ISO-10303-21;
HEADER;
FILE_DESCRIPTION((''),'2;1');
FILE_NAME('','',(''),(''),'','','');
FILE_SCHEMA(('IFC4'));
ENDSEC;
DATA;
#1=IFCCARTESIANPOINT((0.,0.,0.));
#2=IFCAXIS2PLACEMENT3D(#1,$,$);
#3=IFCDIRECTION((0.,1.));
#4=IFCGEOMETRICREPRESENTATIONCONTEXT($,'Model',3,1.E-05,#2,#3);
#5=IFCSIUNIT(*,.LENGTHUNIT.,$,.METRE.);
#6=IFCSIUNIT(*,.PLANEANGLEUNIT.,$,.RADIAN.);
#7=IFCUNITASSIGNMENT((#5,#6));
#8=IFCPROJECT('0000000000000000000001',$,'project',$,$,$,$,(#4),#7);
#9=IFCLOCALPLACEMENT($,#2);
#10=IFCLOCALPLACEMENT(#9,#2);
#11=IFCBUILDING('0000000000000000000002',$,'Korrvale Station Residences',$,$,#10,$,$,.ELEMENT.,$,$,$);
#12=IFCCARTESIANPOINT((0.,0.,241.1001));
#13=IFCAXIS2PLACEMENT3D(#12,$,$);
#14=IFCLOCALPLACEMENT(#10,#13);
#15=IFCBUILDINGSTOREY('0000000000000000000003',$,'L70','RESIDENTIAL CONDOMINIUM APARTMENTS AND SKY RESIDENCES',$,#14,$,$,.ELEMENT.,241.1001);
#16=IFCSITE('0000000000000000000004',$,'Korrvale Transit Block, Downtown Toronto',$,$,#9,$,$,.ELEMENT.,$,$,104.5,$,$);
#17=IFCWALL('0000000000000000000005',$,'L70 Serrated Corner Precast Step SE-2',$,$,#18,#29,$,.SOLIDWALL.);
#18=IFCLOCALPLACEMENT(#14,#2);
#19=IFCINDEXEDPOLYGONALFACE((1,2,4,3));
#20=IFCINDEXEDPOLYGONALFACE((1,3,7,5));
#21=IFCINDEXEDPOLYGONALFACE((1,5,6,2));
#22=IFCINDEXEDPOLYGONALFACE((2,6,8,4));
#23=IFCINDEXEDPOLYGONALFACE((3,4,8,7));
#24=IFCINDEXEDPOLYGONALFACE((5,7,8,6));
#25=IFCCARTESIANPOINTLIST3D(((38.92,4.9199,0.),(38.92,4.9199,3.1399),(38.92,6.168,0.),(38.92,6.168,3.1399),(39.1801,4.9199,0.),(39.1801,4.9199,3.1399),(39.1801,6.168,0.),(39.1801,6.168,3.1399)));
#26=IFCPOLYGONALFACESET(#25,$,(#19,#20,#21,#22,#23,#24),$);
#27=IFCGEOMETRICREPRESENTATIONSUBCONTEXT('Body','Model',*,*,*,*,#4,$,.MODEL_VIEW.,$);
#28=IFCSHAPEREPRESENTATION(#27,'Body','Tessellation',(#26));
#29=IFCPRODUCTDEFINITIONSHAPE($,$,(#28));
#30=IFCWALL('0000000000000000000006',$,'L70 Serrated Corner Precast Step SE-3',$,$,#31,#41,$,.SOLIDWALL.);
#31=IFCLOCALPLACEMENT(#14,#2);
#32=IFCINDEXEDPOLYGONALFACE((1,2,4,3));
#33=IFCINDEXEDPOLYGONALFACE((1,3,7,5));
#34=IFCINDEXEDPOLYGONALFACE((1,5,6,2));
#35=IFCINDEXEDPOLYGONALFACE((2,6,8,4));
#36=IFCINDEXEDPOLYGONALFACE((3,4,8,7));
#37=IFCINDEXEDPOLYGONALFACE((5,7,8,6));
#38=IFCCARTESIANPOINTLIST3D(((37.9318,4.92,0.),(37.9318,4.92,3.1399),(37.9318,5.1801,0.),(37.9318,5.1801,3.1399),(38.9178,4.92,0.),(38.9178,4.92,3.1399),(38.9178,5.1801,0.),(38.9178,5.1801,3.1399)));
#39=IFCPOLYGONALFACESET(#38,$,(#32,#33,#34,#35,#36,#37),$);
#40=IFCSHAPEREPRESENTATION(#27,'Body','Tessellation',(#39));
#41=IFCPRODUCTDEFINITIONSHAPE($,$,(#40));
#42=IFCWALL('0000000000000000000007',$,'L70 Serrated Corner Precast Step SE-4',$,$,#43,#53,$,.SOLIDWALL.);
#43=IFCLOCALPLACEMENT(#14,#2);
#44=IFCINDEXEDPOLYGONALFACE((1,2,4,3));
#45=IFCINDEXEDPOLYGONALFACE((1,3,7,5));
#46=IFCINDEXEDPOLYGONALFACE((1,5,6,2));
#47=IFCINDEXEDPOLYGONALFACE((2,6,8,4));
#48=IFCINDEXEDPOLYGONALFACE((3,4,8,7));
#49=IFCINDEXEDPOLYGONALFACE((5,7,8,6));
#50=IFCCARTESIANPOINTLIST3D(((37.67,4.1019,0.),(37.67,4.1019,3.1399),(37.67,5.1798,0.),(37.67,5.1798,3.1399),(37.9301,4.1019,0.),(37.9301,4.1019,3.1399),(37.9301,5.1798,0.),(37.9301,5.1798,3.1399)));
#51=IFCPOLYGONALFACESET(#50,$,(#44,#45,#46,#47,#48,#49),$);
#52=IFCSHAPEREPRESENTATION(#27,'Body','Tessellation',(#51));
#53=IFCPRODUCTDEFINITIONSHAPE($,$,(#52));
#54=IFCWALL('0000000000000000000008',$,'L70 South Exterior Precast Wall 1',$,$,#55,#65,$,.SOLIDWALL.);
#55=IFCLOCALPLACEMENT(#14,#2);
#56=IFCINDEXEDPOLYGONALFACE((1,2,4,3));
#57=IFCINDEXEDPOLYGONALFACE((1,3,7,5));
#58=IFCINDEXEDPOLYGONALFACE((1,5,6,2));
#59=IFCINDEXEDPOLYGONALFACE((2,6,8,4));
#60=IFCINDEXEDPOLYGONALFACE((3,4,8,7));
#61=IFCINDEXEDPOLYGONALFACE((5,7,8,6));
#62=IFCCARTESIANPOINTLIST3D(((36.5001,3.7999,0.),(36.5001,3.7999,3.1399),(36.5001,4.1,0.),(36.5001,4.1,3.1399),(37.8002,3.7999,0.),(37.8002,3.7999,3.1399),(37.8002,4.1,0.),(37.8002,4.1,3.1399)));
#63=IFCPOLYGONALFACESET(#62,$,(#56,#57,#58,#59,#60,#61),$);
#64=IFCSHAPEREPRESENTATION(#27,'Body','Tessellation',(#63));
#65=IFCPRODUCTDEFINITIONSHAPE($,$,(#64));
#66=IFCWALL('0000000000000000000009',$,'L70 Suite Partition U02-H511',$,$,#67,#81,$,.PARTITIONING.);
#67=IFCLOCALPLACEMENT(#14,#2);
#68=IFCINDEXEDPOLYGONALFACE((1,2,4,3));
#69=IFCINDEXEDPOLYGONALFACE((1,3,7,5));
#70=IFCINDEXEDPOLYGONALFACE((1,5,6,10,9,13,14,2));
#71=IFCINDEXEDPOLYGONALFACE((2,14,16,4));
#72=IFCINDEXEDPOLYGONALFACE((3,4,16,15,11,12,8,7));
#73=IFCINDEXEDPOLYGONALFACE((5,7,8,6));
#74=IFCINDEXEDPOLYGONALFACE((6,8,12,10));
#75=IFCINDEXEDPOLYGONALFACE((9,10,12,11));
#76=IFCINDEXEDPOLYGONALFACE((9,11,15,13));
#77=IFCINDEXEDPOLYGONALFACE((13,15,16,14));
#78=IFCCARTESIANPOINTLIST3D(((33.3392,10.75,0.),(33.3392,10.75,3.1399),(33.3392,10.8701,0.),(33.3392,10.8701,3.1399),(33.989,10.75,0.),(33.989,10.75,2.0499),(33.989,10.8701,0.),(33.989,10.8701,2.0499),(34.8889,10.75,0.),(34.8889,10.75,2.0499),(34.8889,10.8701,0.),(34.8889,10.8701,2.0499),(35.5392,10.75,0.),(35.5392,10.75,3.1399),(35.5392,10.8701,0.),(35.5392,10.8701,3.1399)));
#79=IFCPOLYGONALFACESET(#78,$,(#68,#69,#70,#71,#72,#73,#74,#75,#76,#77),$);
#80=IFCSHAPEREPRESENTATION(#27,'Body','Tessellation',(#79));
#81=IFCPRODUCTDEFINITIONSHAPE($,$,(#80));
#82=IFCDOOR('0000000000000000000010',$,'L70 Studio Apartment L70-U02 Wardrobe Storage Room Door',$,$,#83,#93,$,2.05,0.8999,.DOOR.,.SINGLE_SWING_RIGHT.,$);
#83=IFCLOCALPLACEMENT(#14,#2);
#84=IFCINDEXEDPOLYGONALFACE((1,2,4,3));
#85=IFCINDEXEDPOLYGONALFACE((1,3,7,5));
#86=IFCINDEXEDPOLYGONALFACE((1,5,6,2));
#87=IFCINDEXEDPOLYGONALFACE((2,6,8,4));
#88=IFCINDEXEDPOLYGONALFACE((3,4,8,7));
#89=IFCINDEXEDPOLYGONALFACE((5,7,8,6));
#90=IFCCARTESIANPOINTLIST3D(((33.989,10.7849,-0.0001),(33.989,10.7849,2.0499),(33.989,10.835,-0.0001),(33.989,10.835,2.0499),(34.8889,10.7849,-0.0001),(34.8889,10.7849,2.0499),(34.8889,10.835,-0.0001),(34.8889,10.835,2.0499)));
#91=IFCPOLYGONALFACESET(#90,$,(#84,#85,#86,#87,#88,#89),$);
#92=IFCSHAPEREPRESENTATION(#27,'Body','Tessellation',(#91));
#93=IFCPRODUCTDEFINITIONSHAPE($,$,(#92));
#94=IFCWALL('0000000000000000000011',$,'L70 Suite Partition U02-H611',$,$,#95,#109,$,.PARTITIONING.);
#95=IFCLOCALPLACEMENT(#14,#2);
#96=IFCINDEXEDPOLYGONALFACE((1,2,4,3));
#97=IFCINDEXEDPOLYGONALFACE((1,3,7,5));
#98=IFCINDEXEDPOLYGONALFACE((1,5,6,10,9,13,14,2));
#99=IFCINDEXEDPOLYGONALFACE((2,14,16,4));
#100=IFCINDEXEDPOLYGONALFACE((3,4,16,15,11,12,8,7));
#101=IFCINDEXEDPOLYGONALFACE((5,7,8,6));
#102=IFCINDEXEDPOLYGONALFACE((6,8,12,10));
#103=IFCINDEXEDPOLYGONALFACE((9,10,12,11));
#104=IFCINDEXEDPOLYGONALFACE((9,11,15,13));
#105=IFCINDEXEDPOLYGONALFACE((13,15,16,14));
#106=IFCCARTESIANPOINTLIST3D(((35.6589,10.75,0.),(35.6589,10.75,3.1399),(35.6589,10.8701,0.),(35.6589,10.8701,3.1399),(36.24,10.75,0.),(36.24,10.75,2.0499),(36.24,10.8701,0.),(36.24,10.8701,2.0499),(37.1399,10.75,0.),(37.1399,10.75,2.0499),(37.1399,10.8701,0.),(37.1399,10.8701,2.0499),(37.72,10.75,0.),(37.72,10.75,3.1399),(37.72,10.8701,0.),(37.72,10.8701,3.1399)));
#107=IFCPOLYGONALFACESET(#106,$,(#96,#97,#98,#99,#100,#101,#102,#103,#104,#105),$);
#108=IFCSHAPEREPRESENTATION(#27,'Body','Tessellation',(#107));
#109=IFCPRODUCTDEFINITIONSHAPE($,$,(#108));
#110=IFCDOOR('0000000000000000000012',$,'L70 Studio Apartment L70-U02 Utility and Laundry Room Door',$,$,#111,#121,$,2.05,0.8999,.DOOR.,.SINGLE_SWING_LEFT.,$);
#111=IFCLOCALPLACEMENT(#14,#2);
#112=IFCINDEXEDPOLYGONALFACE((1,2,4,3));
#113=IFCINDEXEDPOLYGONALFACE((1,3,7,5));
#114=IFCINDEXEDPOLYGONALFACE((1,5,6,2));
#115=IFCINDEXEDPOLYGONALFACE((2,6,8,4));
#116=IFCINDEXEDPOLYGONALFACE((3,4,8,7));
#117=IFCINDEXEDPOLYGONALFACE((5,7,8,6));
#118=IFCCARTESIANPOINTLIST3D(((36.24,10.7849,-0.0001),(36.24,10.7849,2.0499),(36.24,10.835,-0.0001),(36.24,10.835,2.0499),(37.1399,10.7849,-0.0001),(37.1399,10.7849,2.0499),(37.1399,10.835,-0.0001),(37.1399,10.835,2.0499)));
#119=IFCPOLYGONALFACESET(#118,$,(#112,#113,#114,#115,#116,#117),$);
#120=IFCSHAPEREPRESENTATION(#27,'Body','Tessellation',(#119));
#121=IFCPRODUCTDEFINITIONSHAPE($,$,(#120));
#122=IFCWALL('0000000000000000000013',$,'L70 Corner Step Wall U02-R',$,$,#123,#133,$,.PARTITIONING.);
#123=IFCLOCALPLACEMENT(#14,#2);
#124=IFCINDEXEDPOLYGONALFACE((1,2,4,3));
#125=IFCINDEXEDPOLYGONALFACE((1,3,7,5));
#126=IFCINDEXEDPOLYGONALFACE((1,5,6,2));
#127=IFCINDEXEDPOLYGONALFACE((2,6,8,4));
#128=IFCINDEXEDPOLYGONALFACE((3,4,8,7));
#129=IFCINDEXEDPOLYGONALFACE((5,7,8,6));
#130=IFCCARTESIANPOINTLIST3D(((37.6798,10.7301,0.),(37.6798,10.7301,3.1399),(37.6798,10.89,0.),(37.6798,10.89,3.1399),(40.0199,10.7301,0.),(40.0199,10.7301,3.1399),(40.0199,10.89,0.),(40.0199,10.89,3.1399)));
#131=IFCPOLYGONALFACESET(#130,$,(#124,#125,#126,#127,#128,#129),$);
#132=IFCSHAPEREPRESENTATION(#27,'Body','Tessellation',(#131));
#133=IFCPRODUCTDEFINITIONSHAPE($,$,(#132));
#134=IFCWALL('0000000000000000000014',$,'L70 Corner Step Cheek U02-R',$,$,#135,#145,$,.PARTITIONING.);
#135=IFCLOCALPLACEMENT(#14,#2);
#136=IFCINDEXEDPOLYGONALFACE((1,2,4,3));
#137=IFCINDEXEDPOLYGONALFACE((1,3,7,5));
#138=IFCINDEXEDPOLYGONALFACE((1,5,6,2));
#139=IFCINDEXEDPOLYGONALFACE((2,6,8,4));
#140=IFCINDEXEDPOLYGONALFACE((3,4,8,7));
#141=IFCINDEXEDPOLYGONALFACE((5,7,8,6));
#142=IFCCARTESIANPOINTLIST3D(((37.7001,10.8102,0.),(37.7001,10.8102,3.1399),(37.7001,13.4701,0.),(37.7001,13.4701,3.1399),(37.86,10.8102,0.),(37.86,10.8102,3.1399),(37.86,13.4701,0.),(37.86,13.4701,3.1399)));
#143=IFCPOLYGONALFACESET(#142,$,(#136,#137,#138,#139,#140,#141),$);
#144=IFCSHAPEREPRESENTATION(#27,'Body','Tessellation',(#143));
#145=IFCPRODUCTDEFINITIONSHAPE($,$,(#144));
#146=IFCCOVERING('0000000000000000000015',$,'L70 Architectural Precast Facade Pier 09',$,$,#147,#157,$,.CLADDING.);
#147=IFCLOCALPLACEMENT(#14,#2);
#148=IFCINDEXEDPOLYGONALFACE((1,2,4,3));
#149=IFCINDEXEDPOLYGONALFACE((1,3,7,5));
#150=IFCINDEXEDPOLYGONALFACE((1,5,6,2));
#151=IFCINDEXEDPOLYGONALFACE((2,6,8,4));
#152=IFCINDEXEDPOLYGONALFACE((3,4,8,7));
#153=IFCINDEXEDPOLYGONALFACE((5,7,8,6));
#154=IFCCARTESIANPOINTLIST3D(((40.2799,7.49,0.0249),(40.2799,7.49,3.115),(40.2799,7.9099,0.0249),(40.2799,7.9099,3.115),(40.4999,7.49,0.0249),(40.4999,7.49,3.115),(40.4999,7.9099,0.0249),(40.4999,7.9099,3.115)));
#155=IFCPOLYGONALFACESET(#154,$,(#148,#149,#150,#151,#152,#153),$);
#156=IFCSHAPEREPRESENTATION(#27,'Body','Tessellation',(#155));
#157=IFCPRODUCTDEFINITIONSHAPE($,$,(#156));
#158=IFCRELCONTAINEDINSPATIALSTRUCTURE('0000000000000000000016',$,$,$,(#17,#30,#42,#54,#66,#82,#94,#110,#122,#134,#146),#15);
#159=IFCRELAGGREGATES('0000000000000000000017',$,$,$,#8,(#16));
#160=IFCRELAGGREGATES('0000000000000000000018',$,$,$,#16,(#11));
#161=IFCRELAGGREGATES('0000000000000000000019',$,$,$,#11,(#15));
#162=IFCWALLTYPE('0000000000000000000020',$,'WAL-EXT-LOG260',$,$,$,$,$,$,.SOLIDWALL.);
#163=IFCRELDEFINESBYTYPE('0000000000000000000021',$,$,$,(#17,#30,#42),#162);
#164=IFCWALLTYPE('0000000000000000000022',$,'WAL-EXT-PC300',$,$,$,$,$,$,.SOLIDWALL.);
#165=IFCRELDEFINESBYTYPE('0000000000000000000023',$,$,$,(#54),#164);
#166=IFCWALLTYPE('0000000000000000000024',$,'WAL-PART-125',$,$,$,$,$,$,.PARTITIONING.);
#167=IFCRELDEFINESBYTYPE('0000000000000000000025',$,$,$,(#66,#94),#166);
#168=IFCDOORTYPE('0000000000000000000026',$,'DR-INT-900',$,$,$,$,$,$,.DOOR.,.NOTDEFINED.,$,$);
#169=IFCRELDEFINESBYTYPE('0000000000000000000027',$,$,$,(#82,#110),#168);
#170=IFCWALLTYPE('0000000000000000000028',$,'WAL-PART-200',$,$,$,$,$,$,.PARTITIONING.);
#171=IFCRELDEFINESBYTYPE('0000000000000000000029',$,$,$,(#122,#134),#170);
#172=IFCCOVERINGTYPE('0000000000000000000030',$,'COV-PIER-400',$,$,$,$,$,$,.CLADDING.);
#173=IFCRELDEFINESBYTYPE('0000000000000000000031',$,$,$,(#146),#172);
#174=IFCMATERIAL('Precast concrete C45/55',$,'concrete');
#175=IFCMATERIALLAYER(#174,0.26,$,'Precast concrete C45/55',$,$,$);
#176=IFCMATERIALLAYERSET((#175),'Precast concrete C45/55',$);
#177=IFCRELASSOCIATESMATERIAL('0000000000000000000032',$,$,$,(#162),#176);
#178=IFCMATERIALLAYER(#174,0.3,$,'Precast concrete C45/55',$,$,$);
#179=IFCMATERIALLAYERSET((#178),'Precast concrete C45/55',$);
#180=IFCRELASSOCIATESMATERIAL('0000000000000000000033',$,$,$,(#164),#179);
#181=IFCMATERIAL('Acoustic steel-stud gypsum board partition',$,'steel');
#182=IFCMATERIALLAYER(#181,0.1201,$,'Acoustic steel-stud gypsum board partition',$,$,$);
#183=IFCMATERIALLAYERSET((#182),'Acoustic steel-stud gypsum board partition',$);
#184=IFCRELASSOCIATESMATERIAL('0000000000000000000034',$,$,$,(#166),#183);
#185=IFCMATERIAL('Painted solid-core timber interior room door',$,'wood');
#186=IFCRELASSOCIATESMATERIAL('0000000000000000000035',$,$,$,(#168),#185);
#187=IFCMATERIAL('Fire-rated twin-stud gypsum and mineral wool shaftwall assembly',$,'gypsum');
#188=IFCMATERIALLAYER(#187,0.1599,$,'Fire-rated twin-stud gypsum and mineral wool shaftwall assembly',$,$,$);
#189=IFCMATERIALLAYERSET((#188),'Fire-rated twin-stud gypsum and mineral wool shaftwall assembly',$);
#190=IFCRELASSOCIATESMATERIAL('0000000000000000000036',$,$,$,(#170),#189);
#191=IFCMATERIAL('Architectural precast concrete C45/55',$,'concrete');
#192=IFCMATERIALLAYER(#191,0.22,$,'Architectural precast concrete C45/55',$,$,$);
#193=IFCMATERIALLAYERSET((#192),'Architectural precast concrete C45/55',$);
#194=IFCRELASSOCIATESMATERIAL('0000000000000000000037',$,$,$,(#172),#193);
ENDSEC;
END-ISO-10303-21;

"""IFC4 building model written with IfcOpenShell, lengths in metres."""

from ifc_helpers import new_model, si_unit, direction, frame, frame_2d, origin, origin_2d, place, context, subcontext, project, spatial, rectangle, extrude, material, layer, layer_set, type_object, element, fill, save


model = new_model("IFC4")

# Units and contexts
model_context = context("Model", 3, precision=1e-05, world=origin(), true_north=direction((0.0, 1.0)))
body_context = subcontext(model_context, "Body", "Model", "MODEL_VIEW")
ifc_project = project(units=[si_unit("LENGTHUNIT", "METRE"), si_unit("PLANEANGLEUNIT", "RADIAN")], contexts=[model_context])

# Site, building, storey
site_placement = place(None, origin())
site = spatial("IfcSite", under=ifc_project, at=site_placement, Name="Korrvale Transit Block, Downtown Toronto", CompositionType="ELEMENT", RefElevation=104.5)
building_placement = place(site_placement, origin())
building = spatial("IfcBuilding", under=site, at=building_placement, Name="Korrvale Station Residences", CompositionType="ELEMENT")
storey_placement = place(building_placement, frame((0.0, 0.0, 241.1001)))
storey = spatial("IfcBuildingStorey", under=building, at=storey_placement, Name="L70", Description="RESIDENTIAL CONDOMINIUM APARTMENTS AND SKY RESIDENCES", CompositionType="ELEMENT", Elevation=241.1001)

# Shared definitions
ifc_material_1 = material(Name="Precast concrete C45/55", Category="concrete")
ifc_layer_1 = layer(ifc_material_1, 0.26, Name="Precast concrete C45/55")
ifc_layer_set_1 = layer_set([ifc_layer_1], Name="Precast concrete C45/55")
wall_type_1 = type_object("IfcWallType", Name="WAL-EXT-LOG260", PredefinedType="SOLIDWALL", material=ifc_layer_set_1)

# Walls
wall_1_placement = place(storey_placement, frame((39.05, 6.168, 0.0), z_axis=(0.0, 0.0, 1.0), x_axis=(0.0, -1.0, 0.0)))
element("IfcWall", 1, at=wall_1_placement, inside=storey, type_object=wall_type_1, Name="L70 Serrated Corner Precast Step SE-2", PredefinedType="SOLIDWALL", context=body_context, shape_type="SweptSolid", body=[
    extrude(rectangle(XDim=1.248, YDim=0.26, at=frame_2d((0.624, 0.0))), origin(), (0.0, 0.0, 1.0), 3.1399),
])
wall_2_placement = place(storey_placement, frame((38.918, 5.05, 0.0), z_axis=(0.0, 0.0, 1.0), x_axis=(-1.0, 0.0, 0.0)))
element("IfcWall", 2, at=wall_2_placement, inside=storey, type_object=wall_type_1, Name="L70 Serrated Corner Precast Step SE-3", PredefinedType="SOLIDWALL", context=body_context, shape_type="SweptSolid", body=[
    extrude(rectangle(XDim=0.9861, YDim=0.26, at=frame_2d((0.4932, 0.0))), origin(), (0.0, 0.0, 1.0), 3.1399),
])
wall_3_placement = place(storey_placement, frame((37.8, 5.1799, 0.0), z_axis=(0.0, 0.0, 1.0), x_axis=(0.0, -1.0, 0.0)))
element("IfcWall", 3, at=wall_3_placement, inside=storey, type_object=wall_type_1, Name="L70 Serrated Corner Precast Step SE-4", PredefinedType="SOLIDWALL", context=body_context, shape_type="SweptSolid", body=[
    extrude(rectangle(XDim=1.0779, YDim=0.26, at=frame_2d((0.5391, 0.0))), origin(), (0.0, 0.0, 1.0), 3.1399),
])
ifc_layer_2 = layer(ifc_material_1, 0.3, Name="Precast concrete C45/55")
ifc_layer_set_2 = layer_set([ifc_layer_2], Name="Precast concrete C45/55")
wall_type_2 = type_object("IfcWallType", Name="WAL-EXT-PC300", PredefinedType="SOLIDWALL", material=ifc_layer_set_2)
wall_4_placement = place(storey_placement, frame((37.8, 3.95, 0.0), z_axis=(0.0, 0.0, 1.0), x_axis=(-1.0, 0.0, 0.0)))
element("IfcWall", 4, at=wall_4_placement, inside=storey, type_object=wall_type_2, Name="L70 South Exterior Precast Wall 1", PredefinedType="SOLIDWALL", context=body_context, shape_type="SweptSolid", body=[
    extrude(rectangle(XDim=1.3, YDim=0.3, at=frame_2d((0.6499, 0.0))), origin(), (0.0, 0.0, 1.0), 3.1399),
])

# Walls, openings, doors
ifc_material_2 = material(Name="Acoustic steel-stud gypsum board partition", Category="steel")
ifc_layer_3 = layer(ifc_material_2, 0.1201, Name="Acoustic steel-stud gypsum board partition")
ifc_layer_set_3 = layer_set([ifc_layer_3], Name="Acoustic steel-stud gypsum board partition")
wall_type_3 = type_object("IfcWallType", Name="WAL-PART-125", PredefinedType="PARTITIONING", material=ifc_layer_set_3)
wall_5_placement = place(storey_placement, frame((33.3391, 10.8101, 0.0), z_axis=(0.0, 0.0, 1.0), x_axis=(1.0, 0.0, 0.0)))
wall_5 = element("IfcWall", 5, at=wall_5_placement, inside=storey, type_object=wall_type_3, Name="L70 Suite Partition U02-H511", PredefinedType="PARTITIONING", context=body_context, shape_type="SweptSolid", body=[
    extrude(rectangle(XDim=2.2, YDim=0.1201, at=frame_2d((1.1001, 0.0))), origin(), (0.0, 0.0, 1.0), 3.1399),
])
opening_1_placement = place(wall_5_placement, frame((0.6499, 0.0, 0.0)))
opening_1 = element("IfcOpeningElement", 6, at=opening_1_placement, cuts=wall_5, PredefinedType="OPENING", context=body_context, shape_type="SweptSolid", body=[
    extrude(rectangle(XDim=0.8999, YDim=2.05, at=frame_2d((0.45, 1.0249))), frame((0.0, 0.0701, 0.0), z_axis=(0.0, -1.0, 0.0), x_axis=(1.0, 0.0, 0.0)), (0.0, 0.0, 1.0), 0.1401),
])
ifc_material_3 = material(Name="Painted solid-core timber interior room door", Category="wood")
door_type_1 = type_object("IfcDoorType", Name="DR-INT-900", OperationType="NOTDEFINED", PredefinedType="DOOR", material=ifc_material_3)
door_1_placement = place(opening_1_placement, origin())
door_1 = element("IfcDoor", 7, at=door_1_placement, inside=storey, type_object=door_type_1, Name="L70 Studio Apartment L70-U02 Wardrobe Storage Room Door", OperationType="SINGLE_SWING_RIGHT", OverallHeight=2.05, OverallWidth=0.8999, PredefinedType="DOOR", context=body_context, shape_type="SweptSolid", body=[
    extrude(rectangle(XDim=0.8999, YDim=2.05, at=frame_2d((0.45, 1.0249))), frame((0.0, 0.0249, 0.0), z_axis=(0.0, -1.0, 0.0), x_axis=(1.0, 0.0, 0.0)), (0.0, 0.0, 1.0), 0.05),
])
fill(opening_1, door_1)
wall_6_placement = place(storey_placement, frame((35.6589, 10.8101, 0.0), z_axis=(0.0, 0.0, 1.0), x_axis=(1.0, 0.0, 0.0)))
wall_6 = element("IfcWall", 8, at=wall_6_placement, inside=storey, type_object=wall_type_3, Name="L70 Suite Partition U02-H611", PredefinedType="PARTITIONING", context=body_context, shape_type="SweptSolid", body=[
    extrude(rectangle(XDim=2.061, YDim=0.1201, at=frame_2d((1.0305, 0.0))), origin(), (0.0, 0.0, 1.0), 3.1399),
])
opening_2_placement = place(wall_6_placement, frame((0.5811, 0.0, 0.0)))
opening_2 = element("IfcOpeningElement", 9, at=opening_2_placement, cuts=wall_6, PredefinedType="OPENING", context=body_context, shape_type="SweptSolid", body=[
    extrude(rectangle(XDim=0.8999, YDim=2.05, at=frame_2d((0.45, 1.0249))), frame((0.0, 0.0701, 0.0), z_axis=(0.0, -1.0, 0.0), x_axis=(1.0, 0.0, 0.0)), (0.0, 0.0, 1.0), 0.1401),
])
door_2_placement = place(opening_2_placement, origin())
door_2 = element("IfcDoor", 10, at=door_2_placement, inside=storey, type_object=door_type_1, Name="L70 Studio Apartment L70-U02 Utility and Laundry Room Door", OperationType="SINGLE_SWING_LEFT", OverallHeight=2.05, OverallWidth=0.8999, PredefinedType="DOOR", context=body_context, shape_type="SweptSolid", body=[
    extrude(rectangle(XDim=0.8999, YDim=2.05, at=frame_2d((0.45, 1.0249))), frame((0.0, 0.0249, 0.0), z_axis=(0.0, -1.0, 0.0), x_axis=(1.0, 0.0, 0.0)), (0.0, 0.0, 1.0), 0.05),
])
fill(opening_2, door_2)

# Walls
ifc_material_4 = material(Name="Fire-rated twin-stud gypsum and mineral wool shaftwall assembly", Category="gypsum")
ifc_layer_4 = layer(ifc_material_4, 0.1599, Name="Fire-rated twin-stud gypsum and mineral wool shaftwall assembly")
ifc_layer_set_4 = layer_set([ifc_layer_4], Name="Fire-rated twin-stud gypsum and mineral wool shaftwall assembly")
wall_type_4 = type_object("IfcWallType", Name="WAL-PART-200", PredefinedType="PARTITIONING", material=ifc_layer_set_4)
wall_7_placement = place(storey_placement, frame((37.6799, 10.8101, 0.0), z_axis=(0.0, 0.0, 1.0), x_axis=(1.0, 0.0, 0.0)))
element("IfcWall", 11, at=wall_7_placement, inside=storey, type_object=wall_type_4, Name="L70 Corner Step Wall U02-R", PredefinedType="PARTITIONING", context=body_context, shape_type="SweptSolid", body=[
    extrude(rectangle(XDim=2.3401, YDim=0.1599, at=frame_2d((1.1699, 0.0))), origin(), (0.0, 0.0, 1.0), 3.1399),
])
wall_8_placement = place(storey_placement, frame((37.78, 10.8101, 0.0), z_axis=(0.0, 0.0, 1.0), x_axis=(0.0, 1.0, 0.0)))
element("IfcWall", 12, at=wall_8_placement, inside=storey, type_object=wall_type_4, Name="L70 Corner Step Cheek U02-R", PredefinedType="PARTITIONING", context=body_context, shape_type="SweptSolid", body=[
    extrude(rectangle(XDim=2.6599, YDim=0.1599, at=frame_2d((1.3301, 0.0))), origin(), (0.0, 0.0, 1.0), 3.1399),
])

# Covering
ifc_material_5 = material(Name="Architectural precast concrete C45/55", Category="concrete")
ifc_layer_5 = layer(ifc_material_5, 0.22, Name="Architectural precast concrete C45/55")
ifc_layer_set_5 = layer_set([ifc_layer_5], Name="Architectural precast concrete C45/55")
covering_type = type_object("IfcCoveringType", Name="COV-PIER-400", PredefinedType="CLADDING", material=ifc_layer_set_5)
covering_placement = place(storey_placement, frame((40.3899, 7.7, 0.0249), z_axis=(0.0, 0.0, 1.0), x_axis=(0.0, 1.0, 0.0)))
element("IfcCovering", 13, at=covering_placement, inside=storey, type_object=covering_type, Name="L70 Architectural Precast Facade Pier 09", PredefinedType="CLADDING", context=body_context, shape_type="SweptSolid", body=[
    extrude(rectangle(XDim=0.4199, YDim=0.22, at=origin_2d()), origin(), (0.0, 0.0, 1.0), 3.0901),
])

save(model, "model.ifc")
